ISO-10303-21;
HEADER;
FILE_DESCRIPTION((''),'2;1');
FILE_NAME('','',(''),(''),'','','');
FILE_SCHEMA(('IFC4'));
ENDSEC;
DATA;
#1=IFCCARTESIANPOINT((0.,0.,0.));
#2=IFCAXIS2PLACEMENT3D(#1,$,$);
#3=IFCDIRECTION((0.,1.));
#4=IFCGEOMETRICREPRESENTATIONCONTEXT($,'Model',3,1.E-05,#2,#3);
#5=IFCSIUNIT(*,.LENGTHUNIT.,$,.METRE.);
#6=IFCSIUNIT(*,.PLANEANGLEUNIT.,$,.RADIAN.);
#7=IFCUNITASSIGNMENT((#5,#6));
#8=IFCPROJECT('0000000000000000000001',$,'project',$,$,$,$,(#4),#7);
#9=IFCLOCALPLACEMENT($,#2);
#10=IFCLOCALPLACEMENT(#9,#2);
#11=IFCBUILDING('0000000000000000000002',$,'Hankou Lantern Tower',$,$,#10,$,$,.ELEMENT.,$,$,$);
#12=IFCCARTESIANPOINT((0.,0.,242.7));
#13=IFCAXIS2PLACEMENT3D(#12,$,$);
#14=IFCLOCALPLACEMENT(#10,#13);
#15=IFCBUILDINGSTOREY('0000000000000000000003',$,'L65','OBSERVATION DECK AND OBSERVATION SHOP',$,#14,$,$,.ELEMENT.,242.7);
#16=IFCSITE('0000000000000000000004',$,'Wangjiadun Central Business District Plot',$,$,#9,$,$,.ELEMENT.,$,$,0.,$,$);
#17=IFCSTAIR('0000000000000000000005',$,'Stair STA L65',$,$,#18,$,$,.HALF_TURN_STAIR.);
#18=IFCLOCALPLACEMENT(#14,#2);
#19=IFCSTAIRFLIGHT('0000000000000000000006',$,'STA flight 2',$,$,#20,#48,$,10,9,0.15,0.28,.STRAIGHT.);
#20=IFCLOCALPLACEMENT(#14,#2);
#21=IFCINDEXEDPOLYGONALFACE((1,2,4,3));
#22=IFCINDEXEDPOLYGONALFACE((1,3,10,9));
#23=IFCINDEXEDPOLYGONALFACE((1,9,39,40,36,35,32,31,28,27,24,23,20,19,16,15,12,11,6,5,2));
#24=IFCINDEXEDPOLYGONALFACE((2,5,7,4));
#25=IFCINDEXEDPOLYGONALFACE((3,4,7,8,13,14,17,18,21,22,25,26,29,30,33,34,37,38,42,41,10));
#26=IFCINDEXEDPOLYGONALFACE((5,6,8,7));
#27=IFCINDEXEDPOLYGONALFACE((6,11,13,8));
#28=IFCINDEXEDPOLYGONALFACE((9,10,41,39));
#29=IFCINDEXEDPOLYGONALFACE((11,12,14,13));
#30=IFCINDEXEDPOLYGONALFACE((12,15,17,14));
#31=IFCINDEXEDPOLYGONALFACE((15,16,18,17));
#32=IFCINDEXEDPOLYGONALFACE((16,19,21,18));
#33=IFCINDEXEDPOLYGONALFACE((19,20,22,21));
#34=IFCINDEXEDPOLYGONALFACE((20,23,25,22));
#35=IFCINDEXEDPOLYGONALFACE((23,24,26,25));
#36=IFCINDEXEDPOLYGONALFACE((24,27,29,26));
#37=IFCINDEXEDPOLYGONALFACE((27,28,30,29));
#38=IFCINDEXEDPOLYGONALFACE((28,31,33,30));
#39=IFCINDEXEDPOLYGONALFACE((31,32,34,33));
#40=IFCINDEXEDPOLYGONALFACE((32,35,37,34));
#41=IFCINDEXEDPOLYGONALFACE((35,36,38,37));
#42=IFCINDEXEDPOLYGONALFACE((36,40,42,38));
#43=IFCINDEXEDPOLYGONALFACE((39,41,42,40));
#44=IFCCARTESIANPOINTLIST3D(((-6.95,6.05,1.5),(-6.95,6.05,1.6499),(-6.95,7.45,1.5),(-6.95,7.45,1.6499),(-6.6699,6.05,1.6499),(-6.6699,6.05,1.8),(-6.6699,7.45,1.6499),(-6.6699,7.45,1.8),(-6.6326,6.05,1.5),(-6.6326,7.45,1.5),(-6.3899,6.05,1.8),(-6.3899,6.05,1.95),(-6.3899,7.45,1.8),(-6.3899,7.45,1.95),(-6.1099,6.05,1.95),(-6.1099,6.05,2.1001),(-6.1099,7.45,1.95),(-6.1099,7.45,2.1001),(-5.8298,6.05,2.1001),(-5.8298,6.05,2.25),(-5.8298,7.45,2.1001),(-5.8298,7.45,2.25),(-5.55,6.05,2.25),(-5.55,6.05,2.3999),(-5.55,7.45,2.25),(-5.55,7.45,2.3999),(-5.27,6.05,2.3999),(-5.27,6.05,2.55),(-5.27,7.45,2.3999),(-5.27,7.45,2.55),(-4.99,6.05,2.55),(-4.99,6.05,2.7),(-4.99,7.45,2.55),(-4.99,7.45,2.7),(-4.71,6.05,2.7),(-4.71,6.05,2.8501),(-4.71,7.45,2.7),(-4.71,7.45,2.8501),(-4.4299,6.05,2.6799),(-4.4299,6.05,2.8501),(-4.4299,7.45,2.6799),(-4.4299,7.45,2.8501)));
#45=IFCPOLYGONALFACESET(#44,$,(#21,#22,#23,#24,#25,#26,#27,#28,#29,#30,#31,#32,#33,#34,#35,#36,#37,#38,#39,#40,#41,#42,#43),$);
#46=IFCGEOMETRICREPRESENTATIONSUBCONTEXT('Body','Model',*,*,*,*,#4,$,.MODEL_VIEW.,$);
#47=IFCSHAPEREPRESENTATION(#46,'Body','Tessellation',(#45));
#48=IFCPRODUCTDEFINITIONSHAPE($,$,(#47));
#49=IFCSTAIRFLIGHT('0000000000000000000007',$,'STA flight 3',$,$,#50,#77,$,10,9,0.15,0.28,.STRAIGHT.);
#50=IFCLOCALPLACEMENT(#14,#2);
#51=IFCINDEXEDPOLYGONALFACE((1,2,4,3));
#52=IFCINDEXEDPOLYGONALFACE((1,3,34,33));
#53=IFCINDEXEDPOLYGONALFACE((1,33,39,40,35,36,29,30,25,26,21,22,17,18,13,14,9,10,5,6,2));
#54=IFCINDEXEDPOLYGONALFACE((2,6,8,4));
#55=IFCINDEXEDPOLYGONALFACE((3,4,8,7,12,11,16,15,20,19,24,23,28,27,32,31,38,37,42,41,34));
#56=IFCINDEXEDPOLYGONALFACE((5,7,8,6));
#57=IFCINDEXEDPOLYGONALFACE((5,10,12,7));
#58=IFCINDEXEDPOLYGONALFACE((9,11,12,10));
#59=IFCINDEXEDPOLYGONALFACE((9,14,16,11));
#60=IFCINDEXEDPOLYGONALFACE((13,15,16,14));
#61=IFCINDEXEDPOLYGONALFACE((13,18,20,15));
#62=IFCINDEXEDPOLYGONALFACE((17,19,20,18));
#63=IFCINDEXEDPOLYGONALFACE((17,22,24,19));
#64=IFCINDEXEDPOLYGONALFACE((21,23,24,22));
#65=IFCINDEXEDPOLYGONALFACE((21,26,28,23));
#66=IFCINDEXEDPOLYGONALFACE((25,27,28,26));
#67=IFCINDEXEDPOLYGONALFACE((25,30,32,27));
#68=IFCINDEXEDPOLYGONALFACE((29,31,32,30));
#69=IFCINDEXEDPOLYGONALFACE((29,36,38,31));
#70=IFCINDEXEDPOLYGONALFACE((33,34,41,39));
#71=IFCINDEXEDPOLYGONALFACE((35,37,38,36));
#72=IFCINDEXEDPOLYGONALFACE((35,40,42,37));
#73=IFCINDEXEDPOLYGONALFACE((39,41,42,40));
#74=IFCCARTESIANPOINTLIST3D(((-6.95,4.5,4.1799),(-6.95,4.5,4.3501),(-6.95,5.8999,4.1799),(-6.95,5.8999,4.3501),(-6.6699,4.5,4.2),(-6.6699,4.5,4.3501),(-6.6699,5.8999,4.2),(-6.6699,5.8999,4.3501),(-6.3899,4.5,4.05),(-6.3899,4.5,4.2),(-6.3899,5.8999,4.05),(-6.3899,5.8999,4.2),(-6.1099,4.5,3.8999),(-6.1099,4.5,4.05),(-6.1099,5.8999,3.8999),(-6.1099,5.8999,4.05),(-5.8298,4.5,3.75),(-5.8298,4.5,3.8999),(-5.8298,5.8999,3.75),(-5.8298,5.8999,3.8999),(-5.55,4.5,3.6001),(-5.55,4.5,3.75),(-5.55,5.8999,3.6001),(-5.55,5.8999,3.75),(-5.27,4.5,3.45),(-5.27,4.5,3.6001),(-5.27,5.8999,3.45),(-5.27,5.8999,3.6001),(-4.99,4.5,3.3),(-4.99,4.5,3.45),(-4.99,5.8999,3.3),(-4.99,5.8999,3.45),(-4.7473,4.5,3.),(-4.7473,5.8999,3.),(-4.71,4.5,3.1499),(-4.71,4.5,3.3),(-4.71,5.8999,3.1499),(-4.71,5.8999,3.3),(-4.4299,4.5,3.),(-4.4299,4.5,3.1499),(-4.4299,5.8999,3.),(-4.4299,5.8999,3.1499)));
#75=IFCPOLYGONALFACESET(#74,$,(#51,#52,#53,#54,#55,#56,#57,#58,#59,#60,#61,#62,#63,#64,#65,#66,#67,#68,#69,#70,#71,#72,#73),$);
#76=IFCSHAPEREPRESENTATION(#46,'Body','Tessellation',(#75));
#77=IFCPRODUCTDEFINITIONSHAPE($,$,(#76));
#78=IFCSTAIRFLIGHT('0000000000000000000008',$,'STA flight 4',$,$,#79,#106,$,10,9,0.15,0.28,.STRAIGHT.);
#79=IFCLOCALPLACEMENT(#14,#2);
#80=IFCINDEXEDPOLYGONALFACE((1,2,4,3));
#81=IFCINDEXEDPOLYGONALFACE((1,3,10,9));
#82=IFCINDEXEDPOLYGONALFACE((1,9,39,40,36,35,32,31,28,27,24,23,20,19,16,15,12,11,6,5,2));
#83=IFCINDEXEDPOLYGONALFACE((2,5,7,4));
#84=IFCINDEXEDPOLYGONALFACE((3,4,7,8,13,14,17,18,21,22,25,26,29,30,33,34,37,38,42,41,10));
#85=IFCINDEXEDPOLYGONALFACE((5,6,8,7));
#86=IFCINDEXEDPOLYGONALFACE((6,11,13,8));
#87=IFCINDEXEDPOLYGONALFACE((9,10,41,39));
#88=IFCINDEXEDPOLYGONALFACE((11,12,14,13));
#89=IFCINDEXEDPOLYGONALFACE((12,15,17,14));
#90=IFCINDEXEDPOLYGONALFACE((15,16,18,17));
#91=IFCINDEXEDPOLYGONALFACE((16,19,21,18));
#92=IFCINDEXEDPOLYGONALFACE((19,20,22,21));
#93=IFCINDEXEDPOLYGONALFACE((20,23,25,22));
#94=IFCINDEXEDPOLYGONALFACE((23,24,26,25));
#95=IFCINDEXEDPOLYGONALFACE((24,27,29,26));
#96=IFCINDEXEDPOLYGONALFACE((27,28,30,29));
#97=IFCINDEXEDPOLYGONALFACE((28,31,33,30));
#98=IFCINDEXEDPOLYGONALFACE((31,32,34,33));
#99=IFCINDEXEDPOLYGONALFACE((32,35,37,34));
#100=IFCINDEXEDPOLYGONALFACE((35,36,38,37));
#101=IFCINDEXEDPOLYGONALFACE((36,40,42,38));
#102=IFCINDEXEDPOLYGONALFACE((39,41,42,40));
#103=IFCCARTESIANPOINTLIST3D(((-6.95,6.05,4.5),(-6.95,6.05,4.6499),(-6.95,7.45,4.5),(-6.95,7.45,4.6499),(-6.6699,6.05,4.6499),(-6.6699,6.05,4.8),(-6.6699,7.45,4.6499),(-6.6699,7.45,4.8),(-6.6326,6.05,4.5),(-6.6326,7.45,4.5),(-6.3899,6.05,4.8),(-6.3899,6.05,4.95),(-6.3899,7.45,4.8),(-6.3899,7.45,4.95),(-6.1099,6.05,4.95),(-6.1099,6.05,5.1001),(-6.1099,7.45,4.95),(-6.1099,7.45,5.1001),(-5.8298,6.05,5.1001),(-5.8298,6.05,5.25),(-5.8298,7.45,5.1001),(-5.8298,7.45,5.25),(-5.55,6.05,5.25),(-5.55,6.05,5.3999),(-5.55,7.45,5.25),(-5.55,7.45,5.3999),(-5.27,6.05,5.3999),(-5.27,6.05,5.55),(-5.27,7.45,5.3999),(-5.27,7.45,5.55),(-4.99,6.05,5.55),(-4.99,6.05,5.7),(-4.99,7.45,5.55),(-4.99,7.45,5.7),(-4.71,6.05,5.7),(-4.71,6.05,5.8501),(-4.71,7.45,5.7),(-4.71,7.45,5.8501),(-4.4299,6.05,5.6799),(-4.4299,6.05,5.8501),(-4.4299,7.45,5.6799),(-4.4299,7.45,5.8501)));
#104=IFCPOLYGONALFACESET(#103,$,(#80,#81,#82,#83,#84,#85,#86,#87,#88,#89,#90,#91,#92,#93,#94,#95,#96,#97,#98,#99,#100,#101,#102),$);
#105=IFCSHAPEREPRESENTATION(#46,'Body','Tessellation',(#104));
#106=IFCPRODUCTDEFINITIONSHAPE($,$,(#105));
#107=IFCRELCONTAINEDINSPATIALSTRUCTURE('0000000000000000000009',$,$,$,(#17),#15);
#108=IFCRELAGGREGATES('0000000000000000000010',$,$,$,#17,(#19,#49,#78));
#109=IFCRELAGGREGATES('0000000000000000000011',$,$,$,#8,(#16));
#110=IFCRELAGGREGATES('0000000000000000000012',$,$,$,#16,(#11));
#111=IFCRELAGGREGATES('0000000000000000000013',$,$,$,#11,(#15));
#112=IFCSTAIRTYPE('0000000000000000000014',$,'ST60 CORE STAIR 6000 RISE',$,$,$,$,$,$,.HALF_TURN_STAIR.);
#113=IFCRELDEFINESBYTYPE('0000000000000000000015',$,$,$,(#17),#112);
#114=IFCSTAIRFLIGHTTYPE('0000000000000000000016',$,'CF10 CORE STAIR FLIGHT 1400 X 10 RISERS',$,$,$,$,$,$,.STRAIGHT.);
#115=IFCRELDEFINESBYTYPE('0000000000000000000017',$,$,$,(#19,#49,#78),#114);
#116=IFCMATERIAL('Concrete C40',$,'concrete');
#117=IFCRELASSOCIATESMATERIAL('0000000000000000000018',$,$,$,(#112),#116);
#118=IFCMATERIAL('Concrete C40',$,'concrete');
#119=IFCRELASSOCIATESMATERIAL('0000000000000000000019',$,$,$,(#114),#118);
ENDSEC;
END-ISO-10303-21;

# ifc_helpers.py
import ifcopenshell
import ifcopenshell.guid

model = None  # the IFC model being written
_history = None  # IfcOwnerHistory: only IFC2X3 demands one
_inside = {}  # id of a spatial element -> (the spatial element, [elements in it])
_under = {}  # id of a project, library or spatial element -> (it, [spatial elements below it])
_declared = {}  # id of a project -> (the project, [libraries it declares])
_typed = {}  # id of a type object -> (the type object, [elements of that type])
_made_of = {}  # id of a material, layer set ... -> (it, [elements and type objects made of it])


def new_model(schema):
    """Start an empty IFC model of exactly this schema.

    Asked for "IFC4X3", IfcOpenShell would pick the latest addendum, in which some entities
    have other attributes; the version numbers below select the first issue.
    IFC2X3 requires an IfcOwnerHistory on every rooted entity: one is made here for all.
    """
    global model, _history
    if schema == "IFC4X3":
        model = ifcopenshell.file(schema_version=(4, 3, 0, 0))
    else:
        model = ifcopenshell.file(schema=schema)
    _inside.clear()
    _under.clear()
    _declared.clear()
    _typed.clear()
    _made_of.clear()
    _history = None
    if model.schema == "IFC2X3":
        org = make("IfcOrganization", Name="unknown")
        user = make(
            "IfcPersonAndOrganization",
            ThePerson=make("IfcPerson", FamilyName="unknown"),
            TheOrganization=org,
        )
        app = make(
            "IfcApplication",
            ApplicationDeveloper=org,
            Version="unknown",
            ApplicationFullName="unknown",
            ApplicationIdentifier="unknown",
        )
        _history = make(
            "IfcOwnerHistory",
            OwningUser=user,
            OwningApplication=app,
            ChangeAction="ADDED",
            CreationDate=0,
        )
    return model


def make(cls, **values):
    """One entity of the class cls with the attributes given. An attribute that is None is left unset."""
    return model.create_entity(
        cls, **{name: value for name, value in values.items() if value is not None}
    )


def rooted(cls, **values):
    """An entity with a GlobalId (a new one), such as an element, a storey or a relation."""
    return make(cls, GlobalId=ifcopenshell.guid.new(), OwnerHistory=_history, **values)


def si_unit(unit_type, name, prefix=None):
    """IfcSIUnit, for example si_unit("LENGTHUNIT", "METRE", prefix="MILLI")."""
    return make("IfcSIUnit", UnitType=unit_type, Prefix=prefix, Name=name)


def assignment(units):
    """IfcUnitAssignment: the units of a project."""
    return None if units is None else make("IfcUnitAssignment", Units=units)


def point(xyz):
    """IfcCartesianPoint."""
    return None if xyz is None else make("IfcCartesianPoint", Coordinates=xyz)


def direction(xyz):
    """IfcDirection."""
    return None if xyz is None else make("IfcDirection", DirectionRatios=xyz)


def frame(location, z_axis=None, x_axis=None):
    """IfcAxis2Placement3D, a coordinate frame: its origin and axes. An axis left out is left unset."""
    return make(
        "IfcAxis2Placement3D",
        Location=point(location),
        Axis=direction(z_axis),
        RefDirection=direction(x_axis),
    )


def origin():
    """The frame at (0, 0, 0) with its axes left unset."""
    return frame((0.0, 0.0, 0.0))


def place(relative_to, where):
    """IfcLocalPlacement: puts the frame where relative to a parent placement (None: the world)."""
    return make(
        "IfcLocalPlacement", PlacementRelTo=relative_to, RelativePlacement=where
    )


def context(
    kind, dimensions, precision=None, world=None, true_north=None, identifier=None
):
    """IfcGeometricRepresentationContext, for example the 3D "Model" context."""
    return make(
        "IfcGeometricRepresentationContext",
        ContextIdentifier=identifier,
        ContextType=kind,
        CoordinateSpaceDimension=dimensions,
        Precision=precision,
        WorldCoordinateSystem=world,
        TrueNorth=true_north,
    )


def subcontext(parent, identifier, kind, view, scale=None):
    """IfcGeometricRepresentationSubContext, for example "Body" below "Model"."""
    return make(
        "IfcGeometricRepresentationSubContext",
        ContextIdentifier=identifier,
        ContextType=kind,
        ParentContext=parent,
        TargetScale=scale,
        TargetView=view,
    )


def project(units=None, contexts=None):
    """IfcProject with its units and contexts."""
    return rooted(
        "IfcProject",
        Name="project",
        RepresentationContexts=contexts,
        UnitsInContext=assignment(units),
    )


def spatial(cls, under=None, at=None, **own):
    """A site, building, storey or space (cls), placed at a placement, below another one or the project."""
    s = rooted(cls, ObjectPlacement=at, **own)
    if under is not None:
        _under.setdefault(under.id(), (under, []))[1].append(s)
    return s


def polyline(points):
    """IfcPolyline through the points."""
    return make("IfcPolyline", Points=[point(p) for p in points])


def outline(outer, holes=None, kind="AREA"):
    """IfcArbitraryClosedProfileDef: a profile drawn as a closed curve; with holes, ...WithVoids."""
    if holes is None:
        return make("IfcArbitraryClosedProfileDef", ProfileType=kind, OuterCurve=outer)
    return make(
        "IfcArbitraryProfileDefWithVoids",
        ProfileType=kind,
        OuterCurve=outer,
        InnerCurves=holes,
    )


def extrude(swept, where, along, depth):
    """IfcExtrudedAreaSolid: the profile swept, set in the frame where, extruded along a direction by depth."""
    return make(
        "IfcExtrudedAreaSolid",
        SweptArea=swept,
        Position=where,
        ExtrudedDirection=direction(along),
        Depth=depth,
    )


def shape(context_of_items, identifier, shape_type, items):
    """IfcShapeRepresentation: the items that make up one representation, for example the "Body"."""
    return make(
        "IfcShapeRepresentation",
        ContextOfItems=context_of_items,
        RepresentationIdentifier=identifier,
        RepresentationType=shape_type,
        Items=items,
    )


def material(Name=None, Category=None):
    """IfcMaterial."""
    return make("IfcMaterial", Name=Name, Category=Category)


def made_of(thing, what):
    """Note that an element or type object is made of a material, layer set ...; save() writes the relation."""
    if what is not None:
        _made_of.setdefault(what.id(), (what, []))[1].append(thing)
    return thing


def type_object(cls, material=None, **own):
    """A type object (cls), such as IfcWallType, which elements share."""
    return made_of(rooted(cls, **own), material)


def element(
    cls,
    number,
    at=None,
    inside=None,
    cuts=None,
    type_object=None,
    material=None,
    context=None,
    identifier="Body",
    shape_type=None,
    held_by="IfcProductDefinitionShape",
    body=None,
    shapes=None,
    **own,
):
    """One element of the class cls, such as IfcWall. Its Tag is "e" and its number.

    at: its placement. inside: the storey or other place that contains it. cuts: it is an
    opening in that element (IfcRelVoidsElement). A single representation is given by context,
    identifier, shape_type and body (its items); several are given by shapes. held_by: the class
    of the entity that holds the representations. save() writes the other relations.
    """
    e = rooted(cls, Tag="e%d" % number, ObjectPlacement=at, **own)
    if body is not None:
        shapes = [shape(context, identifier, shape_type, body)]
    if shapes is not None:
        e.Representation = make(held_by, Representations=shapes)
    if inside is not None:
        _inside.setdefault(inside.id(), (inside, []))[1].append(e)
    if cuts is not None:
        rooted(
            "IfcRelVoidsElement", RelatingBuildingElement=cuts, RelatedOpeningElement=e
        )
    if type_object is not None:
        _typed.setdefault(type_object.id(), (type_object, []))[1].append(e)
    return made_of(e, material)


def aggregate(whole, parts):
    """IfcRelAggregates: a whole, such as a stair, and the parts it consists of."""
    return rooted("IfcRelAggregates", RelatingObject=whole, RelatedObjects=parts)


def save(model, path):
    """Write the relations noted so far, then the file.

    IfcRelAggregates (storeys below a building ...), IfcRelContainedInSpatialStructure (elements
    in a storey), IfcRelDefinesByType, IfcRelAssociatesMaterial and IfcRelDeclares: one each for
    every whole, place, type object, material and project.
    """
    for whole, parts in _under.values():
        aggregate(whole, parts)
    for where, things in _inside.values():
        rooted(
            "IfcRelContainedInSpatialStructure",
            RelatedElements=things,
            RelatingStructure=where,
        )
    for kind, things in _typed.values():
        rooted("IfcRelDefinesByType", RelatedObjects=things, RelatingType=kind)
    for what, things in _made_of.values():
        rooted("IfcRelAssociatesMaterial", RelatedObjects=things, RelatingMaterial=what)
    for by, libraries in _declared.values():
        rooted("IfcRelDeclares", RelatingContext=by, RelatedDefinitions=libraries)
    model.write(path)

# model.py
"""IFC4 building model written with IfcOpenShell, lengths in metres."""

from ifc_helpers import new_model, si_unit, direction, frame, origin, place, context, subcontext, project, spatial, polyline, outline, extrude, material, type_object, element, aggregate, save


model = new_model("IFC4")

# Units and contexts
model_context = context("Model", 3, precision=1e-05, world=origin(), true_north=direction((0.0, 1.0)))
body_context = subcontext(model_context, "Body", "Model", "MODEL_VIEW")
ifc_project = project(units=[si_unit("LENGTHUNIT", "METRE"), si_unit("PLANEANGLEUNIT", "RADIAN")], contexts=[model_context])

# Site, building, storey
site_placement = place(None, origin())
site = spatial("IfcSite", under=ifc_project, at=site_placement, Name="Wangjiadun Central Business District Plot", CompositionType="ELEMENT", RefElevation=0.0)
building_placement = place(site_placement, origin())
building = spatial("IfcBuilding", under=site, at=building_placement, Name="Hankou Lantern Tower", CompositionType="ELEMENT")
storey_placement = place(building_placement, frame((0.0, 0.0, 242.7)))
storey = spatial("IfcBuildingStorey", under=building, at=storey_placement, Name="L65", Description="OBSERVATION DECK AND OBSERVATION SHOP", CompositionType="ELEMENT", Elevation=242.7)

# Stair, stair flights
ifc_material_1 = material(Name="Concrete C40", Category="concrete")
stair_type = type_object("IfcStairType", Name="ST60 CORE STAIR 6000 RISE", PredefinedType="HALF_TURN_STAIR", material=ifc_material_1)
stair_placement = place(storey_placement, origin())
stair = element("IfcStair", 1, at=stair_placement, inside=storey, type_object=stair_type, Name="Stair STA L65", PredefinedType="HALF_TURN_STAIR")
ifc_material_2 = material(Name="Concrete C40", Category="concrete")
stair_flight_type = type_object("IfcStairFlightType", Name="CF10 CORE STAIR FLIGHT 1400 X 10 RISERS", PredefinedType="STRAIGHT", material=ifc_material_2)
stair_flight_1_placement = place(storey_placement, frame((-6.95, 6.75, 1.5), z_axis=(0.0, 0.0, 1.0), x_axis=(1.0, 0.0, 0.0)))
stair_flight_1 = element("IfcStairFlight", 2, at=stair_flight_1_placement, type_object=stair_flight_type, Name="STA flight 2", NumberOfRisers=10, NumberOfTreads=9, PredefinedType="STRAIGHT", RiserHeight=0.15, TreadLength=0.28, context=body_context, shape_type="SweptSolid", body=[
    extrude(outline(polyline([(0.0, 0.0), (0.0, 0.1499), (0.28, 0.1499), (0.28, 0.3), (0.5601, 0.3), (0.5601, 0.45), (0.8401, 0.45), (0.8401, 0.6001), (1.1201, 0.6001), (1.1201, 0.75), (1.3999, 0.75), (1.3999, 0.8999), (1.6799, 0.8999), (1.6799, 1.05), (1.96, 1.05), (1.96, 1.2), (2.24, 1.2), (2.24, 1.3501), (2.52, 1.3501), (2.52, 1.5), (2.52, 1.1799), (0.3174, 0.0), (0.0, 0.0)])), frame((0.0, 0.7, 0.0), z_axis=(0.0, -1.0, 0.0), x_axis=(1.0, 0.0, 0.0)), (0.0, 0.0, 1.0), 1.3999),
])
stair_flight_2_placement = place(storey_placement, frame((-4.4299, 5.2, 3.0), z_axis=(0.0, 0.0, 1.0), x_axis=(-1.0, 0.0, 0.0)))
stair_flight_2 = element("IfcStairFlight", 3, at=stair_flight_2_placement, type_object=stair_flight_type, Name="STA flight 3", NumberOfRisers=10, NumberOfTreads=9, PredefinedType="STRAIGHT", RiserHeight=0.15, TreadLength=0.28, context=body_context, shape_type="SweptSolid", body=[
    extrude(outline(polyline([(0.0, 0.0), (0.0, 0.1499), (0.28, 0.1499), (0.28, 0.3), (0.5601, 0.3), (0.5601, 0.45), (0.8401, 0.45), (0.8401, 0.6001), (1.1201, 0.6001), (1.1201, 0.75), (1.3999, 0.75), (1.3999, 0.8999), (1.6799, 0.8999), (1.6799, 1.05), (1.96, 1.05), (1.96, 1.2), (2.24, 1.2), (2.24, 1.3501), (2.52, 1.3501), (2.52, 1.5), (2.52, 1.1799), (0.3174, 0.0), (0.0, 0.0)])), frame((0.0, 0.7, 0.0), z_axis=(0.0, -1.0, 0.0), x_axis=(1.0, 0.0, 0.0)), (0.0, 0.0, 1.0), 1.3999),
])
stair_flight_3_placement = place(storey_placement, frame((-6.95, 6.75, 4.5), z_axis=(0.0, 0.0, 1.0), x_axis=(1.0, 0.0, 0.0)))
stair_flight_3 = element("IfcStairFlight", 4, at=stair_flight_3_placement, type_object=stair_flight_type, Name="STA flight 4", NumberOfRisers=10, NumberOfTreads=9, PredefinedType="STRAIGHT", RiserHeight=0.15, TreadLength=0.28, context=body_context, shape_type="SweptSolid", body=[
    extrude(outline(polyline([(0.0, 0.0), (0.0, 0.1499), (0.28, 0.1499), (0.28, 0.3), (0.5601, 0.3), (0.5601, 0.45), (0.8401, 0.45), (0.8401, 0.6001), (1.1201, 0.6001), (1.1201, 0.75), (1.3999, 0.75), (1.3999, 0.8999), (1.6799, 0.8999), (1.6799, 1.05), (1.96, 1.05), (1.96, 1.2), (2.24, 1.2), (2.24, 1.3501), (2.52, 1.3501), (2.52, 1.5), (2.52, 1.1799), (0.3174, 0.0), (0.0, 0.0)])), frame((0.0, 0.7, 0.0), z_axis=(0.0, -1.0, 0.0), x_axis=(1.0, 0.0, 0.0)), (0.0, 0.0, 1.0), 1.3999),
])
aggregate(stair, [stair_flight_1, stair_flight_2, stair_flight_3])

save(model, "model.ifc")
